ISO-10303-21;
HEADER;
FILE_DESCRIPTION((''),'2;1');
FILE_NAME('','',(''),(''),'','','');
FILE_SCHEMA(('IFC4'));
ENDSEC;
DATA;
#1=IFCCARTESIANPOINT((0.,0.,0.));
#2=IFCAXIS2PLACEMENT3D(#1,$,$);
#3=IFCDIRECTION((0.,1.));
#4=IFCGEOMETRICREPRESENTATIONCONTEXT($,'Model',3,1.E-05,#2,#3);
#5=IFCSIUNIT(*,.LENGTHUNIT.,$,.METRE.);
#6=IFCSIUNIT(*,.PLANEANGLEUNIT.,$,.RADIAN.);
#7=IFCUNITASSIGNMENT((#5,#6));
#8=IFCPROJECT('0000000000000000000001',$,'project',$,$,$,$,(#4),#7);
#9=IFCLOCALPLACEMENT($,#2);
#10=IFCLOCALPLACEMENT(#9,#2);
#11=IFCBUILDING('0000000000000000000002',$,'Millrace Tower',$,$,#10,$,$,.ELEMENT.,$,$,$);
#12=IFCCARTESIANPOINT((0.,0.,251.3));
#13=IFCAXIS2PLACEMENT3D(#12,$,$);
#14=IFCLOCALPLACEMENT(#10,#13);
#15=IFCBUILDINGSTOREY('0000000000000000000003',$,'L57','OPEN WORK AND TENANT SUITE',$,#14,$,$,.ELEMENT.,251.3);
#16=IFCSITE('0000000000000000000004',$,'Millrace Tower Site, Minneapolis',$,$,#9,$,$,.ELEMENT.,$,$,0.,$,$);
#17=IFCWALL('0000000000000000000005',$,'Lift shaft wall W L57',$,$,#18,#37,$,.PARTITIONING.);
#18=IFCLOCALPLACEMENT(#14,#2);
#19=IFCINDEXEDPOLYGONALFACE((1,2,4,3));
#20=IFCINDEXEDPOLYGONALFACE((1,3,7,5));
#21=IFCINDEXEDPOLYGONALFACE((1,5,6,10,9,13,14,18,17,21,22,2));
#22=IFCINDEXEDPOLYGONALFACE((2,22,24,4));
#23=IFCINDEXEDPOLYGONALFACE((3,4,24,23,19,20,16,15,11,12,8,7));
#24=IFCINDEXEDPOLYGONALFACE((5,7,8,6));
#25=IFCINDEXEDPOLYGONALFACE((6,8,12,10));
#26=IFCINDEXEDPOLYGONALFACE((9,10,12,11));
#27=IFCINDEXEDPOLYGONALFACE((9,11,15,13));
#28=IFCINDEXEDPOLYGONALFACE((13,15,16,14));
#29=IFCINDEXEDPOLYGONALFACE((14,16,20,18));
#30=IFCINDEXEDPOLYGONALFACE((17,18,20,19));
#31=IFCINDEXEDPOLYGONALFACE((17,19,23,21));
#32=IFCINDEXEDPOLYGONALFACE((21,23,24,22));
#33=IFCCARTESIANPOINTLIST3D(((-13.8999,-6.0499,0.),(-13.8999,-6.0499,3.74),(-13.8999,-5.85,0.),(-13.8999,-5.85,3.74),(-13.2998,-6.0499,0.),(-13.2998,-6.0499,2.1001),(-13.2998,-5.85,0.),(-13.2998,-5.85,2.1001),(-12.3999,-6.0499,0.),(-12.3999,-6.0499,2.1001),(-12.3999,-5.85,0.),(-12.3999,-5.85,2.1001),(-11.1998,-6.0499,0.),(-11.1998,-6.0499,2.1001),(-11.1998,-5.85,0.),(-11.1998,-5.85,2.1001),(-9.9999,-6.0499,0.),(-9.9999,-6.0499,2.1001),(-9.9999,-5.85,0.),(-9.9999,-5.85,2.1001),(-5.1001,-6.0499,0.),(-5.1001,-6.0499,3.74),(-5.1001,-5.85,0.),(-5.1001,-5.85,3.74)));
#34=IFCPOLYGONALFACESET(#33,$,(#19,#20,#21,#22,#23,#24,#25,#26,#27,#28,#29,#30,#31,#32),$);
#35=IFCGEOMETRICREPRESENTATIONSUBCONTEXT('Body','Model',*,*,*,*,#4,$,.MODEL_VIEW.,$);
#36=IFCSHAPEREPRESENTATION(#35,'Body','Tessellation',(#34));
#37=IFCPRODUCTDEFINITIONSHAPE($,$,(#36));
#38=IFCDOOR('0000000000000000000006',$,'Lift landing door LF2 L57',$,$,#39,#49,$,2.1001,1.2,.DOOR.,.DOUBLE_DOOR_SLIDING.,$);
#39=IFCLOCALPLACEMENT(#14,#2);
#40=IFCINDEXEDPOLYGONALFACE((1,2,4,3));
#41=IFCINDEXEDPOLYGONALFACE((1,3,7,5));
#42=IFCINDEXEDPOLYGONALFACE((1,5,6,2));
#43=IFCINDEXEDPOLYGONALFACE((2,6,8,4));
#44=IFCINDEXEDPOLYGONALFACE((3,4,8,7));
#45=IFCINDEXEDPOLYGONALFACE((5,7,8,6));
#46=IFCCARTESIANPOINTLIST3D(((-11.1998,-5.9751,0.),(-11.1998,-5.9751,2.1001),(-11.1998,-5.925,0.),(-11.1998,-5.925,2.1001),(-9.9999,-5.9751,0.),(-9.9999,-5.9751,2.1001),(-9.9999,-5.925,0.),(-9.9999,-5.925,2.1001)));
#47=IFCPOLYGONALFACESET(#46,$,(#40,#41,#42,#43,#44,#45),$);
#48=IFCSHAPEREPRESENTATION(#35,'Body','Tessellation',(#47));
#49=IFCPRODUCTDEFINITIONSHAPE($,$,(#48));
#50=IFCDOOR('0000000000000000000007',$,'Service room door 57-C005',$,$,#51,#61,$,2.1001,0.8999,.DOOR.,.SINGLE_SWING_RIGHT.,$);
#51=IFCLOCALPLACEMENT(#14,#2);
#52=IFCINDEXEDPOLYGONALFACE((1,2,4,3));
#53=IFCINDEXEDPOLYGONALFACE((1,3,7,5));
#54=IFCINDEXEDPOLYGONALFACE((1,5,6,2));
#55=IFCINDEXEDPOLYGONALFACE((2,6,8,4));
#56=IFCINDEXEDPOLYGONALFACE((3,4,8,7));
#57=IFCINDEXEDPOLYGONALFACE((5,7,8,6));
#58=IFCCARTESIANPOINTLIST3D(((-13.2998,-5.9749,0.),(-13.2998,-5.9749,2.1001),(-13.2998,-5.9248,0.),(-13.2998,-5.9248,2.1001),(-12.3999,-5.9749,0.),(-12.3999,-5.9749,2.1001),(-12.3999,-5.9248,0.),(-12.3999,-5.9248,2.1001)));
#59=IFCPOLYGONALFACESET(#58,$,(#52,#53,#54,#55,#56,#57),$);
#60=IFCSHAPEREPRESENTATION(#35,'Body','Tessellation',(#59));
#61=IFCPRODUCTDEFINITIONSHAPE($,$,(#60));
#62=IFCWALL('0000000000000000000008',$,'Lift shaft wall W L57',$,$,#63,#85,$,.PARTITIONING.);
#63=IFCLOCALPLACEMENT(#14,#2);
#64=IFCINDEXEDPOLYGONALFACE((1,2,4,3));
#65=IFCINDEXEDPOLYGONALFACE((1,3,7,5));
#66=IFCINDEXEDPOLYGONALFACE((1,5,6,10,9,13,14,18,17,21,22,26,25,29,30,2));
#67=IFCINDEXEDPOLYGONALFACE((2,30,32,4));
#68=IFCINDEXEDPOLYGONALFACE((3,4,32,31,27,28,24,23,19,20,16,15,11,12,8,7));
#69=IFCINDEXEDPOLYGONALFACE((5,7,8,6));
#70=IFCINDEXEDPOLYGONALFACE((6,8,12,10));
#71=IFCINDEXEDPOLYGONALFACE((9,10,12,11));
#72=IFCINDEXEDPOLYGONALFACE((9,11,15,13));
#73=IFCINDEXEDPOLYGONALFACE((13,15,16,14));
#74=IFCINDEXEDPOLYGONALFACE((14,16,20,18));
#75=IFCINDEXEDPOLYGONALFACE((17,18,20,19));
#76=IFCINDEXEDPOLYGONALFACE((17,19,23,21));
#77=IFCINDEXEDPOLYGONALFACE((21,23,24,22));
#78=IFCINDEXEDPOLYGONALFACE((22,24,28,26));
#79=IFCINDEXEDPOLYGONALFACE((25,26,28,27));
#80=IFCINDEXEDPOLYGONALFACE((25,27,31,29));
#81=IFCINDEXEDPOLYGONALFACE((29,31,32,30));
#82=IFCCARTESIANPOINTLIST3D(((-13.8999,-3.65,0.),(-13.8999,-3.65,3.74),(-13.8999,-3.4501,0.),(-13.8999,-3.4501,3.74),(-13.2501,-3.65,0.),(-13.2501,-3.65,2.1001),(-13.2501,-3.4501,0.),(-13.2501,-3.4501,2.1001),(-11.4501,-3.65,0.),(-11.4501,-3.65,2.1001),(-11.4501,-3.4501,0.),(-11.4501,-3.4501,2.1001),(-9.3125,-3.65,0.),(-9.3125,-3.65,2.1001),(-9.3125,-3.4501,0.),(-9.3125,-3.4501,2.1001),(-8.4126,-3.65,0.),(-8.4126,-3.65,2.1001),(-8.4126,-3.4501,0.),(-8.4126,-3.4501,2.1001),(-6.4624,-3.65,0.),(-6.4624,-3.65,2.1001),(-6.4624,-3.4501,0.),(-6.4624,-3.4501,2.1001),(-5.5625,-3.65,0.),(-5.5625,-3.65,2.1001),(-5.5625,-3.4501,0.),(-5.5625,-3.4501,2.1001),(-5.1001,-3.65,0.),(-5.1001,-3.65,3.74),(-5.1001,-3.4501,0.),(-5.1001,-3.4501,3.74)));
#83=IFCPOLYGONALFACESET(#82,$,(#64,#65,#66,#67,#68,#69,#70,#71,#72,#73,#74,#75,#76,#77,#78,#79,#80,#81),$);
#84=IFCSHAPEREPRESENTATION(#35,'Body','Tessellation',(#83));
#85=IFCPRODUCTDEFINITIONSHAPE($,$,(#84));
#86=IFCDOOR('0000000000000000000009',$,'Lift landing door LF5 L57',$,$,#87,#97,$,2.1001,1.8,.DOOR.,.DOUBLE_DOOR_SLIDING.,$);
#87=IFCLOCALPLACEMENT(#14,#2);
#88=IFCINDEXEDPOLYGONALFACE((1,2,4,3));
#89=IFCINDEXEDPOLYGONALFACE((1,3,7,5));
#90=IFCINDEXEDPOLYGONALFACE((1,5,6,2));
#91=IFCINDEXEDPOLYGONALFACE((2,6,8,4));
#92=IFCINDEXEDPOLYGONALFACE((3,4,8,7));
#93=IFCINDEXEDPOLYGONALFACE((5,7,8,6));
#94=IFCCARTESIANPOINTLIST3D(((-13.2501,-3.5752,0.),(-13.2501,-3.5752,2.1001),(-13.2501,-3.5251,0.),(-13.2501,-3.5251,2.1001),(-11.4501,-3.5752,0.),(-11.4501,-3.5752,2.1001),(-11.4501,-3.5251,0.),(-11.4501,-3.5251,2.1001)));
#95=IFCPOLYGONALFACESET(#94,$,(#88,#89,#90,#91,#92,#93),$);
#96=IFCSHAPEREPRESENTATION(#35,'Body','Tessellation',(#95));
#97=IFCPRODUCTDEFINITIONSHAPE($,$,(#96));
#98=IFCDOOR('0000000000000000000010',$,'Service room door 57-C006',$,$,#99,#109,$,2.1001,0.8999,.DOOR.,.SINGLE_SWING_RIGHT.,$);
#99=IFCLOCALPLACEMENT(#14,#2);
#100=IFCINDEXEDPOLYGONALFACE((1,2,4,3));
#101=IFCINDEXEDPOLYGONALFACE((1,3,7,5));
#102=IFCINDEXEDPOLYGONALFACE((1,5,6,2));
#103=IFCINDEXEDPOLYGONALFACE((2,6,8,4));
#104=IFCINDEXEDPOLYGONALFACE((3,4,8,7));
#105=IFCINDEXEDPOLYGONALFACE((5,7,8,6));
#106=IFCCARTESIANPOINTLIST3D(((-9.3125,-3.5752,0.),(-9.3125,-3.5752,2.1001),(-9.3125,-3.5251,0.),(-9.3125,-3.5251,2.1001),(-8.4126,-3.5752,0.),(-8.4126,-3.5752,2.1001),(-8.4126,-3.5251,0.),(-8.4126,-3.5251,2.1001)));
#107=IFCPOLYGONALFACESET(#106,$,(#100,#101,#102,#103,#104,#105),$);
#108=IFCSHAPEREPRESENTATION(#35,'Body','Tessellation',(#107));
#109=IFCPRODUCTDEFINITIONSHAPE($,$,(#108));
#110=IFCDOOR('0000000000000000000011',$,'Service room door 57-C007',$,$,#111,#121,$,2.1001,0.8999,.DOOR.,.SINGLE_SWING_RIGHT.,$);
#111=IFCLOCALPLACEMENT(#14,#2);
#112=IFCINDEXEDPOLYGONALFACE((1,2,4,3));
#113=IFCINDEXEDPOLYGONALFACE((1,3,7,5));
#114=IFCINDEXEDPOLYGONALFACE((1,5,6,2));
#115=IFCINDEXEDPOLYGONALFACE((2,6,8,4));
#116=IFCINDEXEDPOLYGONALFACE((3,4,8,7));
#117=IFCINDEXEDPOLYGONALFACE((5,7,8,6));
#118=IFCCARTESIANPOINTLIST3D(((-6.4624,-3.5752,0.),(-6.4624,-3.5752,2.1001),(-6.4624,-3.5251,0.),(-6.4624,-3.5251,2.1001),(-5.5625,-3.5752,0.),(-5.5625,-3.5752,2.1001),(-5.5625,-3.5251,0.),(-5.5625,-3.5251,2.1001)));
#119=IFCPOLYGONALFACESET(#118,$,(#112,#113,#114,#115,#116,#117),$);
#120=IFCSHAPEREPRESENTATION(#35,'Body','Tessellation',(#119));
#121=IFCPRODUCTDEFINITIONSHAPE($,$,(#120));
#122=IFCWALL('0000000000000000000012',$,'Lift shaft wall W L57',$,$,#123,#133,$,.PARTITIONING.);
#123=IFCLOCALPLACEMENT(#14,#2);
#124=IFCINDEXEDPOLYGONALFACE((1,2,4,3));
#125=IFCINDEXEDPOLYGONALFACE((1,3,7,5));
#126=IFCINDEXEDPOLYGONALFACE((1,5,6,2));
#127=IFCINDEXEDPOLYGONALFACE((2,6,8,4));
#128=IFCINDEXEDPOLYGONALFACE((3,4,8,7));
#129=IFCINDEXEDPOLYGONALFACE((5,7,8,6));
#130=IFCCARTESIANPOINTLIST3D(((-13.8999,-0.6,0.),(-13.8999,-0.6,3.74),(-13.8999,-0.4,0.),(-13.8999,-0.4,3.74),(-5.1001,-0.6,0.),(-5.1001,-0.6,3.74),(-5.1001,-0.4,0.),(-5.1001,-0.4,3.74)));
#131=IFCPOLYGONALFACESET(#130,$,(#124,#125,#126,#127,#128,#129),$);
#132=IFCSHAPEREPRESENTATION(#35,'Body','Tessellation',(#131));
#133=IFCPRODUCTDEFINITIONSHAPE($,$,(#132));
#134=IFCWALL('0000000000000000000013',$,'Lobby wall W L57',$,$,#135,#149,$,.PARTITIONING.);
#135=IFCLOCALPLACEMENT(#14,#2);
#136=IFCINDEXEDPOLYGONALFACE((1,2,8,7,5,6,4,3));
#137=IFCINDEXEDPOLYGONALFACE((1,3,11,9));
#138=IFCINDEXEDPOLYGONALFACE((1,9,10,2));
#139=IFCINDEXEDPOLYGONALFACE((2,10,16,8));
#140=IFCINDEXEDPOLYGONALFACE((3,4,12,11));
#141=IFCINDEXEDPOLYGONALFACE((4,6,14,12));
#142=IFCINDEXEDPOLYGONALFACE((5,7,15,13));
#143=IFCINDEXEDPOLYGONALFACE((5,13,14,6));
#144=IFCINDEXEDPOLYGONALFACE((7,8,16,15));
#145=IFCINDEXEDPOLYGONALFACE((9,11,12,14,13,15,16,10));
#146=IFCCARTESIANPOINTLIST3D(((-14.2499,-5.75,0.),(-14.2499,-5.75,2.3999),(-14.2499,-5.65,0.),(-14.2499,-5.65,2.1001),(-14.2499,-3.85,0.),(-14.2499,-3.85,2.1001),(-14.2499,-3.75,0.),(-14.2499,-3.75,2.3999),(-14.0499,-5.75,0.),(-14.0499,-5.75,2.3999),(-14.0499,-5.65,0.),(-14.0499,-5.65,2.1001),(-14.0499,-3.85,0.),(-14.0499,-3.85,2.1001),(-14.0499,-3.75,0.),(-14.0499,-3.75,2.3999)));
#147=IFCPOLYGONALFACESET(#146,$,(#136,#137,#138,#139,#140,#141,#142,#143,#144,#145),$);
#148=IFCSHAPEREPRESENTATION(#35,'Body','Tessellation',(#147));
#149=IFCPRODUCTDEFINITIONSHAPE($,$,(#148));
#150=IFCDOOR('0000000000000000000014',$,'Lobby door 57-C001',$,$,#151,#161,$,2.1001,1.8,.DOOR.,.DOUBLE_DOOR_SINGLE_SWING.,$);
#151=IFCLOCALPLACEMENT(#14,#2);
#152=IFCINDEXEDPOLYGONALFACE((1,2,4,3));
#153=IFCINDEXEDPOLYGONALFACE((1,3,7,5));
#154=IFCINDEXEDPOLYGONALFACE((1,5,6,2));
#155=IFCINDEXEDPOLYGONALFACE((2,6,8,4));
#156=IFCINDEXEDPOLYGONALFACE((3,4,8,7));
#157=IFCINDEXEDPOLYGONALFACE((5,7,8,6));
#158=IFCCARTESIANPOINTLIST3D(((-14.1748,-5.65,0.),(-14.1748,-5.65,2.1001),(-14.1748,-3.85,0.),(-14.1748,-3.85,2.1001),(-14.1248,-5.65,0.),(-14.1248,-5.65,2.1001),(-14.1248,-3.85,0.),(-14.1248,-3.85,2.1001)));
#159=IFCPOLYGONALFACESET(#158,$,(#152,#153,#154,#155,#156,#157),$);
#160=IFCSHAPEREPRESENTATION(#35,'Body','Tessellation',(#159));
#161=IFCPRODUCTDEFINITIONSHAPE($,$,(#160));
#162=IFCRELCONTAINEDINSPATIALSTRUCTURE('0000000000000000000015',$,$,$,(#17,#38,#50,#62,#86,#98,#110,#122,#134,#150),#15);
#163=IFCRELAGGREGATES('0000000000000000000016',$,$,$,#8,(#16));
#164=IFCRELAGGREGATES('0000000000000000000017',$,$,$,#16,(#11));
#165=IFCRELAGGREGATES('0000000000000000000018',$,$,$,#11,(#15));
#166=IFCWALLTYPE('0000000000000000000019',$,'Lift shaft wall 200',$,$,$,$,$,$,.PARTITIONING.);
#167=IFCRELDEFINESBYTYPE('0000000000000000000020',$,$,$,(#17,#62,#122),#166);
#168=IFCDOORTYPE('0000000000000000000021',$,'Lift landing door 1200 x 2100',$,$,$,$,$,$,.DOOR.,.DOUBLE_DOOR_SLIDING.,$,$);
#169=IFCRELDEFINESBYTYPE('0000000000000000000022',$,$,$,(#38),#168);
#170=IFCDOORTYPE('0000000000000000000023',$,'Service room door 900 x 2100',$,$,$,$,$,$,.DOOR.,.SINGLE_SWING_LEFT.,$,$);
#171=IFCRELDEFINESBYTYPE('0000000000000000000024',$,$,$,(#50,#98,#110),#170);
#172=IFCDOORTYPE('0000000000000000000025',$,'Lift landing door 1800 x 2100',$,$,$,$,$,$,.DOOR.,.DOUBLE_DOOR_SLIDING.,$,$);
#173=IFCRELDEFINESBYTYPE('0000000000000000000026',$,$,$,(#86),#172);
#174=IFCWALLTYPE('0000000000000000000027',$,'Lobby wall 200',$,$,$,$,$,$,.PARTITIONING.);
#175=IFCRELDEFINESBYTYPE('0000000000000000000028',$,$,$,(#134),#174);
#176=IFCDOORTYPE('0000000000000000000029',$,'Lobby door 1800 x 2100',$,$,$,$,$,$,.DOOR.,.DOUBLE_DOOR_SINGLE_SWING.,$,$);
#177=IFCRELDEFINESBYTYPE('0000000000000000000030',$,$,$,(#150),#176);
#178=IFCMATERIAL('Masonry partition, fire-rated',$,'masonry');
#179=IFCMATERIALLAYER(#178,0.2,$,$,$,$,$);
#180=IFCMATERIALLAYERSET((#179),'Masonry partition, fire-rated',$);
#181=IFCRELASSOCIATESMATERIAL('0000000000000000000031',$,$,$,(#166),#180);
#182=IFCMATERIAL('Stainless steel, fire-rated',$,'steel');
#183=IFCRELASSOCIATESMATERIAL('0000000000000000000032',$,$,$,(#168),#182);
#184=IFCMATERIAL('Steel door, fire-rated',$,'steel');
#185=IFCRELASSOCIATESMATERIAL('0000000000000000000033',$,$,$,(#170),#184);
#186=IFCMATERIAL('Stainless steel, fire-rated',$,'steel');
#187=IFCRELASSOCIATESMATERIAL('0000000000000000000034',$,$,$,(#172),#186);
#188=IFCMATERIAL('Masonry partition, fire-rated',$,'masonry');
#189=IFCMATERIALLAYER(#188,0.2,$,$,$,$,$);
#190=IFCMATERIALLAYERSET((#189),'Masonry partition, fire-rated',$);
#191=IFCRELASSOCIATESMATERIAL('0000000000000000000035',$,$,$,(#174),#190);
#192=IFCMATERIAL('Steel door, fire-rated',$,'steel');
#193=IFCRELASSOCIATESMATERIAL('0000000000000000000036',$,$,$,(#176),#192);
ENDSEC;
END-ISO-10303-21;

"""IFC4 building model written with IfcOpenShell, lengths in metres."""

from ifc_helpers import new_model, si_unit, direction, frame, frame_2d, origin, place, context, subcontext, project, spatial, rectangle, extrude, material, layer, layer_set, type_object, element, fill, save


model = new_model("IFC4")

# Units and contexts
model_context = context("Model", 3, precision=1e-05, world=origin(), true_north=direction((0.0, 1.0)))
body_context = subcontext(model_context, "Body", "Model", "MODEL_VIEW")
ifc_project = project(units=[si_unit("LENGTHUNIT", "METRE"), si_unit("PLANEANGLEUNIT", "RADIAN")], contexts=[model_context])

# Site, building, storey
site_placement = place(None, origin())
site = spatial("IfcSite", under=ifc_project, at=site_placement, Name="Millrace Tower Site, Minneapolis", CompositionType="ELEMENT", RefElevation=0.0)
building_placement = place(site_placement, origin())
building = spatial("IfcBuilding", under=site, at=building_placement, Name="Millrace Tower", CompositionType="ELEMENT")
storey_placement = place(building_placement, frame((0.0, 0.0, 251.3)))
storey = spatial("IfcBuildingStorey", under=building, at=storey_placement, Name="L57", Description="OPEN WORK AND TENANT SUITE", CompositionType="ELEMENT", Elevation=251.3)

# Walls, openings, doors
ifc_material_1 = material(Name="Masonry partition, fire-rated", Category="masonry")
ifc_layer_1 = layer(ifc_material_1, 0.2)
ifc_layer_set_1 = layer_set([ifc_layer_1], Name="Masonry partition, fire-rated")
wall_type_1 = type_object("IfcWallType", Name="Lift shaft wall 200", PredefinedType="PARTITIONING", material=ifc_layer_set_1)
wall_1_placement = place(storey_placement, frame((-13.8999, -5.95, 0.0), z_axis=(0.0, 0.0, 1.0), x_axis=(1.0, 0.0, 0.0)))
wall_1 = element("IfcWall", 1, at=wall_1_placement, inside=storey, type_object=wall_type_1, Name="Lift shaft wall W L57", PredefinedType="PARTITIONING", context=body_context, shape_type="SweptSolid", body=[
    extrude(rectangle(XDim=8.7998, YDim=0.2, at=frame_2d((4.3999, 0.0))), origin(), (0.0, 0.0, 1.0), 3.74),
])
opening_1_placement = place(wall_1_placement, frame((2.7, 0.0, 0.0)))
opening_1 = element("IfcOpeningElement", 2, at=opening_1_placement, cuts=wall_1, PredefinedType="OPENING", context=body_context, shape_type="SweptSolid", body=[
    extrude(rectangle(XDim=1.2, YDim=2.1001, at=frame_2d((0.6001, 1.05))), frame((0.0, 0.1099, 0.0), z_axis=(0.0, -1.0, 0.0), x_axis=(1.0, 0.0, 0.0)), (0.0, 0.0, 1.0), 0.22),
])
opening_2_placement = place(wall_1_placement, frame((0.6001, 0.0, 0.0)))
opening_2 = element("IfcOpeningElement", 3, at=opening_2_placement, cuts=wall_1, PredefinedType="OPENING", context=body_context, shape_type="SweptSolid", body=[
    extrude(rectangle(XDim=0.8999, YDim=2.1001, at=frame_2d((0.45, 1.05))), frame((0.0, 0.1099, 0.0), z_axis=(0.0, -1.0, 0.0), x_axis=(1.0, 0.0, 0.0)), (0.0, 0.0, 1.0), 0.22),
])
ifc_material_2 = material(Name="Stainless steel, fire-rated", Category="steel")
door_type_1 = type_object("IfcDoorType", Name="Lift landing door 1200 x 2100", OperationType="DOUBLE_DOOR_SLIDING", PredefinedType="DOOR", material=ifc_material_2)
door_1_placement = place(opening_1_placement, origin())
door_1 = element("IfcDoor", 4, at=door_1_placement, inside=storey, type_object=door_type_1, Name="Lift landing door LF2 L57", OperationType="DOUBLE_DOOR_SLIDING", OverallHeight=2.1001, OverallWidth=1.2, PredefinedType="DOOR", context=body_context, shape_type="SweptSolid", body=[
    extrude(rectangle(XDim=1.2, YDim=2.1001, at=frame_2d((0.6001, 1.05))), frame((0.0, 0.0249, 0.0), z_axis=(0.0, -1.0, 0.0), x_axis=(1.0, 0.0, 0.0)), (0.0, 0.0, 1.0), 0.05),
])
fill(opening_1, door_1)
ifc_material_3 = material(Name="Steel door, fire-rated", Category="steel")
door_type_2 = type_object("IfcDoorType", Name="Service room door 900 x 2100", OperationType="SINGLE_SWING_LEFT", PredefinedType="DOOR", material=ifc_material_3)
door_2_placement = place(opening_2_placement, frame((0.8999, 0.0, 0.0), z_axis=(0.0, 0.0, 1.0), x_axis=(-1.0, 0.0, 0.0)))
door_2 = element("IfcDoor", 5, at=door_2_placement, inside=storey, type_object=door_type_2, Name="Service room door 57-C005", OperationType="SINGLE_SWING_RIGHT", OverallHeight=2.1001, OverallWidth=0.8999, PredefinedType="DOOR", context=body_context, shape_type="SweptSolid", body=[
    extrude(rectangle(XDim=0.8999, YDim=2.1001, at=frame_2d((0.45, 1.05))), frame((0.0, 0.0249, 0.0), z_axis=(0.0, -1.0, 0.0), x_axis=(1.0, 0.0, 0.0)), (0.0, 0.0, 1.0), 0.05),
])
fill(opening_2, door_2)
wall_2_placement = place(storey_placement, frame((-13.8999, -3.55, 0.0), z_axis=(0.0, 0.0, 1.0), x_axis=(1.0, 0.0, 0.0)))
wall_2 = element("IfcWall", 6, at=wall_2_placement, inside=storey, type_object=wall_type_1, Name="Lift shaft wall W L57", PredefinedType="PARTITIONING", context=body_context, shape_type="SweptSolid", body=[
    extrude(rectangle(XDim=8.7998, YDim=0.2, at=frame_2d((4.3999, 0.0))), origin(), (0.0, 0.0, 1.0), 3.74),
])
opening_3_placement = place(wall_2_placement, frame((0.6499, 0.0, 0.0)))
opening_3 = element("IfcOpeningElement", 7, at=opening_3_placement, cuts=wall_2, PredefinedType="OPENING", context=body_context, shape_type="SweptSolid", body=[
    extrude(rectangle(XDim=1.8, YDim=2.1001, at=frame_2d((0.8999, 1.05))), frame((0.0, 0.1099, 0.0), z_axis=(0.0, -1.0, 0.0), x_axis=(1.0, 0.0, 0.0)), (0.0, 0.0, 1.0), 0.22),
])
opening_4_placement = place(wall_2_placement, frame((4.5874, 0.0, 0.0)))
opening_4 = element("IfcOpeningElement", 8, at=opening_4_placement, cuts=wall_2, PredefinedType="OPENING", context=body_context, shape_type="SweptSolid", body=[
    extrude(rectangle(XDim=0.8999, YDim=2.1001, at=frame_2d((0.45, 1.05))), frame((0.0, 0.1099, 0.0), z_axis=(0.0, -1.0, 0.0), x_axis=(1.0, 0.0, 0.0)), (0.0, 0.0, 1.0), 0.22),
])
opening_5_placement = place(wall_2_placement, frame((7.4375, 0.0, 0.0)))
opening_5 = element("IfcOpeningElement", 9, at=opening_5_placement, cuts=wall_2, PredefinedType="OPENING", context=body_context, shape_type="SweptSolid", body=[
    extrude(rectangle(XDim=0.8999, YDim=2.1001, at=frame_2d((0.45, 1.05))), frame((0.0, 0.1099, 0.0), z_axis=(0.0, -1.0, 0.0), x_axis=(1.0, 0.0, 0.0)), (0.0, 0.0, 1.0), 0.22),
])
ifc_material_4 = material(Name="Stainless steel, fire-rated", Category="steel")
door_type_3 = type_object("IfcDoorType", Name="Lift landing door 1800 x 2100", OperationType="DOUBLE_DOOR_SLIDING", PredefinedType="DOOR", material=ifc_material_4)
door_3_placement = place(opening_3_placement, origin())
door_3 = element("IfcDoor", 10, at=door_3_placement, inside=storey, type_object=door_type_3, Name="Lift landing door LF5 L57", OperationType="DOUBLE_DOOR_SLIDING", OverallHeight=2.1001, OverallWidth=1.8, PredefinedType="DOOR", context=body_context, shape_type="SweptSolid", body=[
    extrude(rectangle(XDim=1.8, YDim=2.1001, at=frame_2d((0.8999, 1.05))), frame((0.0, 0.0249, 0.0), z_axis=(0.0, -1.0, 0.0), x_axis=(1.0, 0.0, 0.0)), (0.0, 0.0, 1.0), 0.05),
])
fill(opening_3, door_3)
door_4_placement = place(opening_4_placement, origin())
door_4 = element("IfcDoor", 11, at=door_4_placement, inside=storey, type_object=door_type_2, Name="Service room door 57-C006", OperationType="SINGLE_SWING_RIGHT", OverallHeight=2.1001, OverallWidth=0.8999, PredefinedType="DOOR", context=body_context, shape_type="SweptSolid", body=[
    extrude(rectangle(XDim=0.8999, YDim=2.1001, at=frame_2d((0.45, 1.05))), frame((0.0, 0.0249, 0.0), z_axis=(0.0, -1.0, 0.0), x_axis=(1.0, 0.0, 0.0)), (0.0, 0.0, 1.0), 0.05),
])
fill(opening_4, door_4)
door_5_placement = place(opening_5_placement, origin())
door_5 = element("IfcDoor", 12, at=door_5_placement, inside=storey, type_object=door_type_2, Name="Service room door 57-C007", OperationType="SINGLE_SWING_RIGHT", OverallHeight=2.1001, OverallWidth=0.8999, PredefinedType="DOOR", context=body_context, shape_type="SweptSolid", body=[
    extrude(rectangle(XDim=0.8999, YDim=2.1001, at=frame_2d((0.45, 1.05))), frame((0.0, 0.0249, 0.0), z_axis=(0.0, -1.0, 0.0), x_axis=(1.0, 0.0, 0.0)), (0.0, 0.0, 1.0), 0.05),
])
fill(opening_5, door_5)

# Wall
wall_3_placement = place(storey_placement, frame((-13.8999, -0.5, 0.0), z_axis=(0.0, 0.0, 1.0), x_axis=(1.0, 0.0, 0.0)))
element("IfcWall", 13, at=wall_3_placement, inside=storey, type_object=wall_type_1, Name="Lift shaft wall W L57", PredefinedType="PARTITIONING", context=body_context, shape_type="SweptSolid", body=[
    extrude(rectangle(XDim=8.7998, YDim=0.2, at=frame_2d((4.3999, 0.0))), origin(), (0.0, 0.0, 1.0), 3.74),
])

# Wall, opening, door
ifc_material_5 = material(Name="Masonry partition, fire-rated", Category="masonry")
ifc_layer_2 = layer(ifc_material_5, 0.2)
ifc_layer_set_2 = layer_set([ifc_layer_2], Name="Masonry partition, fire-rated")
wall_type_2 = type_object("IfcWallType", Name="Lobby wall 200", PredefinedType="PARTITIONING", material=ifc_layer_set_2)
wall_4_placement = place(storey_placement, frame((-14.1499, -5.75, 0.0), z_axis=(0.0, 0.0, 1.0), x_axis=(0.0, 1.0, 0.0)))
wall_4 = element("IfcWall", 14, at=wall_4_placement, inside=storey, type_object=wall_type_2, Name="Lobby wall W L57", PredefinedType="PARTITIONING", context=body_context, shape_type="SweptSolid", body=[
    extrude(rectangle(XDim=2.0, YDim=0.2, at=frame_2d((1.0, 0.0))), origin(), (0.0, 0.0, 1.0), 2.3999),
])
opening_6_placement = place(wall_4_placement, frame((0.1001, 0.0, 0.0)))
opening_6 = element("IfcOpeningElement", 15, at=opening_6_placement, cuts=wall_4, PredefinedType="OPENING", context=body_context, shape_type="SweptSolid", body=[
    extrude(rectangle(XDim=1.8, YDim=2.1001, at=frame_2d((0.8999, 1.05))), frame((0.0, 0.1099, 0.0), z_axis=(0.0, -1.0, 0.0), x_axis=(1.0, 0.0, 0.0)), (0.0, 0.0, 1.0), 0.22),
])
ifc_material_6 = material(Name="Steel door, fire-rated", Category="steel")
door_type_4 = type_object("IfcDoorType", Name="Lobby door 1800 x 2100", OperationType="DOUBLE_DOOR_SINGLE_SWING", PredefinedType="DOOR", material=ifc_material_6)
door_6_placement = place(opening_6_placement, origin())
door_6 = element("IfcDoor", 16, at=door_6_placement, inside=storey, type_object=door_type_4, Name="Lobby door 57-C001", OperationType="DOUBLE_DOOR_SINGLE_SWING", OverallHeight=2.1001, OverallWidth=1.8, PredefinedType="DOOR", context=body_context, shape_type="SweptSolid", body=[
    extrude(rectangle(XDim=1.8, YDim=2.1001, at=frame_2d((0.8999, 1.05))), frame((0.0, 0.0249, 0.0), z_axis=(0.0, -1.0, 0.0), x_axis=(1.0, 0.0, 0.0)), (0.0, 0.0, 1.0), 0.05),
])
fill(opening_6, door_6)

save(model, "model.ifc")
